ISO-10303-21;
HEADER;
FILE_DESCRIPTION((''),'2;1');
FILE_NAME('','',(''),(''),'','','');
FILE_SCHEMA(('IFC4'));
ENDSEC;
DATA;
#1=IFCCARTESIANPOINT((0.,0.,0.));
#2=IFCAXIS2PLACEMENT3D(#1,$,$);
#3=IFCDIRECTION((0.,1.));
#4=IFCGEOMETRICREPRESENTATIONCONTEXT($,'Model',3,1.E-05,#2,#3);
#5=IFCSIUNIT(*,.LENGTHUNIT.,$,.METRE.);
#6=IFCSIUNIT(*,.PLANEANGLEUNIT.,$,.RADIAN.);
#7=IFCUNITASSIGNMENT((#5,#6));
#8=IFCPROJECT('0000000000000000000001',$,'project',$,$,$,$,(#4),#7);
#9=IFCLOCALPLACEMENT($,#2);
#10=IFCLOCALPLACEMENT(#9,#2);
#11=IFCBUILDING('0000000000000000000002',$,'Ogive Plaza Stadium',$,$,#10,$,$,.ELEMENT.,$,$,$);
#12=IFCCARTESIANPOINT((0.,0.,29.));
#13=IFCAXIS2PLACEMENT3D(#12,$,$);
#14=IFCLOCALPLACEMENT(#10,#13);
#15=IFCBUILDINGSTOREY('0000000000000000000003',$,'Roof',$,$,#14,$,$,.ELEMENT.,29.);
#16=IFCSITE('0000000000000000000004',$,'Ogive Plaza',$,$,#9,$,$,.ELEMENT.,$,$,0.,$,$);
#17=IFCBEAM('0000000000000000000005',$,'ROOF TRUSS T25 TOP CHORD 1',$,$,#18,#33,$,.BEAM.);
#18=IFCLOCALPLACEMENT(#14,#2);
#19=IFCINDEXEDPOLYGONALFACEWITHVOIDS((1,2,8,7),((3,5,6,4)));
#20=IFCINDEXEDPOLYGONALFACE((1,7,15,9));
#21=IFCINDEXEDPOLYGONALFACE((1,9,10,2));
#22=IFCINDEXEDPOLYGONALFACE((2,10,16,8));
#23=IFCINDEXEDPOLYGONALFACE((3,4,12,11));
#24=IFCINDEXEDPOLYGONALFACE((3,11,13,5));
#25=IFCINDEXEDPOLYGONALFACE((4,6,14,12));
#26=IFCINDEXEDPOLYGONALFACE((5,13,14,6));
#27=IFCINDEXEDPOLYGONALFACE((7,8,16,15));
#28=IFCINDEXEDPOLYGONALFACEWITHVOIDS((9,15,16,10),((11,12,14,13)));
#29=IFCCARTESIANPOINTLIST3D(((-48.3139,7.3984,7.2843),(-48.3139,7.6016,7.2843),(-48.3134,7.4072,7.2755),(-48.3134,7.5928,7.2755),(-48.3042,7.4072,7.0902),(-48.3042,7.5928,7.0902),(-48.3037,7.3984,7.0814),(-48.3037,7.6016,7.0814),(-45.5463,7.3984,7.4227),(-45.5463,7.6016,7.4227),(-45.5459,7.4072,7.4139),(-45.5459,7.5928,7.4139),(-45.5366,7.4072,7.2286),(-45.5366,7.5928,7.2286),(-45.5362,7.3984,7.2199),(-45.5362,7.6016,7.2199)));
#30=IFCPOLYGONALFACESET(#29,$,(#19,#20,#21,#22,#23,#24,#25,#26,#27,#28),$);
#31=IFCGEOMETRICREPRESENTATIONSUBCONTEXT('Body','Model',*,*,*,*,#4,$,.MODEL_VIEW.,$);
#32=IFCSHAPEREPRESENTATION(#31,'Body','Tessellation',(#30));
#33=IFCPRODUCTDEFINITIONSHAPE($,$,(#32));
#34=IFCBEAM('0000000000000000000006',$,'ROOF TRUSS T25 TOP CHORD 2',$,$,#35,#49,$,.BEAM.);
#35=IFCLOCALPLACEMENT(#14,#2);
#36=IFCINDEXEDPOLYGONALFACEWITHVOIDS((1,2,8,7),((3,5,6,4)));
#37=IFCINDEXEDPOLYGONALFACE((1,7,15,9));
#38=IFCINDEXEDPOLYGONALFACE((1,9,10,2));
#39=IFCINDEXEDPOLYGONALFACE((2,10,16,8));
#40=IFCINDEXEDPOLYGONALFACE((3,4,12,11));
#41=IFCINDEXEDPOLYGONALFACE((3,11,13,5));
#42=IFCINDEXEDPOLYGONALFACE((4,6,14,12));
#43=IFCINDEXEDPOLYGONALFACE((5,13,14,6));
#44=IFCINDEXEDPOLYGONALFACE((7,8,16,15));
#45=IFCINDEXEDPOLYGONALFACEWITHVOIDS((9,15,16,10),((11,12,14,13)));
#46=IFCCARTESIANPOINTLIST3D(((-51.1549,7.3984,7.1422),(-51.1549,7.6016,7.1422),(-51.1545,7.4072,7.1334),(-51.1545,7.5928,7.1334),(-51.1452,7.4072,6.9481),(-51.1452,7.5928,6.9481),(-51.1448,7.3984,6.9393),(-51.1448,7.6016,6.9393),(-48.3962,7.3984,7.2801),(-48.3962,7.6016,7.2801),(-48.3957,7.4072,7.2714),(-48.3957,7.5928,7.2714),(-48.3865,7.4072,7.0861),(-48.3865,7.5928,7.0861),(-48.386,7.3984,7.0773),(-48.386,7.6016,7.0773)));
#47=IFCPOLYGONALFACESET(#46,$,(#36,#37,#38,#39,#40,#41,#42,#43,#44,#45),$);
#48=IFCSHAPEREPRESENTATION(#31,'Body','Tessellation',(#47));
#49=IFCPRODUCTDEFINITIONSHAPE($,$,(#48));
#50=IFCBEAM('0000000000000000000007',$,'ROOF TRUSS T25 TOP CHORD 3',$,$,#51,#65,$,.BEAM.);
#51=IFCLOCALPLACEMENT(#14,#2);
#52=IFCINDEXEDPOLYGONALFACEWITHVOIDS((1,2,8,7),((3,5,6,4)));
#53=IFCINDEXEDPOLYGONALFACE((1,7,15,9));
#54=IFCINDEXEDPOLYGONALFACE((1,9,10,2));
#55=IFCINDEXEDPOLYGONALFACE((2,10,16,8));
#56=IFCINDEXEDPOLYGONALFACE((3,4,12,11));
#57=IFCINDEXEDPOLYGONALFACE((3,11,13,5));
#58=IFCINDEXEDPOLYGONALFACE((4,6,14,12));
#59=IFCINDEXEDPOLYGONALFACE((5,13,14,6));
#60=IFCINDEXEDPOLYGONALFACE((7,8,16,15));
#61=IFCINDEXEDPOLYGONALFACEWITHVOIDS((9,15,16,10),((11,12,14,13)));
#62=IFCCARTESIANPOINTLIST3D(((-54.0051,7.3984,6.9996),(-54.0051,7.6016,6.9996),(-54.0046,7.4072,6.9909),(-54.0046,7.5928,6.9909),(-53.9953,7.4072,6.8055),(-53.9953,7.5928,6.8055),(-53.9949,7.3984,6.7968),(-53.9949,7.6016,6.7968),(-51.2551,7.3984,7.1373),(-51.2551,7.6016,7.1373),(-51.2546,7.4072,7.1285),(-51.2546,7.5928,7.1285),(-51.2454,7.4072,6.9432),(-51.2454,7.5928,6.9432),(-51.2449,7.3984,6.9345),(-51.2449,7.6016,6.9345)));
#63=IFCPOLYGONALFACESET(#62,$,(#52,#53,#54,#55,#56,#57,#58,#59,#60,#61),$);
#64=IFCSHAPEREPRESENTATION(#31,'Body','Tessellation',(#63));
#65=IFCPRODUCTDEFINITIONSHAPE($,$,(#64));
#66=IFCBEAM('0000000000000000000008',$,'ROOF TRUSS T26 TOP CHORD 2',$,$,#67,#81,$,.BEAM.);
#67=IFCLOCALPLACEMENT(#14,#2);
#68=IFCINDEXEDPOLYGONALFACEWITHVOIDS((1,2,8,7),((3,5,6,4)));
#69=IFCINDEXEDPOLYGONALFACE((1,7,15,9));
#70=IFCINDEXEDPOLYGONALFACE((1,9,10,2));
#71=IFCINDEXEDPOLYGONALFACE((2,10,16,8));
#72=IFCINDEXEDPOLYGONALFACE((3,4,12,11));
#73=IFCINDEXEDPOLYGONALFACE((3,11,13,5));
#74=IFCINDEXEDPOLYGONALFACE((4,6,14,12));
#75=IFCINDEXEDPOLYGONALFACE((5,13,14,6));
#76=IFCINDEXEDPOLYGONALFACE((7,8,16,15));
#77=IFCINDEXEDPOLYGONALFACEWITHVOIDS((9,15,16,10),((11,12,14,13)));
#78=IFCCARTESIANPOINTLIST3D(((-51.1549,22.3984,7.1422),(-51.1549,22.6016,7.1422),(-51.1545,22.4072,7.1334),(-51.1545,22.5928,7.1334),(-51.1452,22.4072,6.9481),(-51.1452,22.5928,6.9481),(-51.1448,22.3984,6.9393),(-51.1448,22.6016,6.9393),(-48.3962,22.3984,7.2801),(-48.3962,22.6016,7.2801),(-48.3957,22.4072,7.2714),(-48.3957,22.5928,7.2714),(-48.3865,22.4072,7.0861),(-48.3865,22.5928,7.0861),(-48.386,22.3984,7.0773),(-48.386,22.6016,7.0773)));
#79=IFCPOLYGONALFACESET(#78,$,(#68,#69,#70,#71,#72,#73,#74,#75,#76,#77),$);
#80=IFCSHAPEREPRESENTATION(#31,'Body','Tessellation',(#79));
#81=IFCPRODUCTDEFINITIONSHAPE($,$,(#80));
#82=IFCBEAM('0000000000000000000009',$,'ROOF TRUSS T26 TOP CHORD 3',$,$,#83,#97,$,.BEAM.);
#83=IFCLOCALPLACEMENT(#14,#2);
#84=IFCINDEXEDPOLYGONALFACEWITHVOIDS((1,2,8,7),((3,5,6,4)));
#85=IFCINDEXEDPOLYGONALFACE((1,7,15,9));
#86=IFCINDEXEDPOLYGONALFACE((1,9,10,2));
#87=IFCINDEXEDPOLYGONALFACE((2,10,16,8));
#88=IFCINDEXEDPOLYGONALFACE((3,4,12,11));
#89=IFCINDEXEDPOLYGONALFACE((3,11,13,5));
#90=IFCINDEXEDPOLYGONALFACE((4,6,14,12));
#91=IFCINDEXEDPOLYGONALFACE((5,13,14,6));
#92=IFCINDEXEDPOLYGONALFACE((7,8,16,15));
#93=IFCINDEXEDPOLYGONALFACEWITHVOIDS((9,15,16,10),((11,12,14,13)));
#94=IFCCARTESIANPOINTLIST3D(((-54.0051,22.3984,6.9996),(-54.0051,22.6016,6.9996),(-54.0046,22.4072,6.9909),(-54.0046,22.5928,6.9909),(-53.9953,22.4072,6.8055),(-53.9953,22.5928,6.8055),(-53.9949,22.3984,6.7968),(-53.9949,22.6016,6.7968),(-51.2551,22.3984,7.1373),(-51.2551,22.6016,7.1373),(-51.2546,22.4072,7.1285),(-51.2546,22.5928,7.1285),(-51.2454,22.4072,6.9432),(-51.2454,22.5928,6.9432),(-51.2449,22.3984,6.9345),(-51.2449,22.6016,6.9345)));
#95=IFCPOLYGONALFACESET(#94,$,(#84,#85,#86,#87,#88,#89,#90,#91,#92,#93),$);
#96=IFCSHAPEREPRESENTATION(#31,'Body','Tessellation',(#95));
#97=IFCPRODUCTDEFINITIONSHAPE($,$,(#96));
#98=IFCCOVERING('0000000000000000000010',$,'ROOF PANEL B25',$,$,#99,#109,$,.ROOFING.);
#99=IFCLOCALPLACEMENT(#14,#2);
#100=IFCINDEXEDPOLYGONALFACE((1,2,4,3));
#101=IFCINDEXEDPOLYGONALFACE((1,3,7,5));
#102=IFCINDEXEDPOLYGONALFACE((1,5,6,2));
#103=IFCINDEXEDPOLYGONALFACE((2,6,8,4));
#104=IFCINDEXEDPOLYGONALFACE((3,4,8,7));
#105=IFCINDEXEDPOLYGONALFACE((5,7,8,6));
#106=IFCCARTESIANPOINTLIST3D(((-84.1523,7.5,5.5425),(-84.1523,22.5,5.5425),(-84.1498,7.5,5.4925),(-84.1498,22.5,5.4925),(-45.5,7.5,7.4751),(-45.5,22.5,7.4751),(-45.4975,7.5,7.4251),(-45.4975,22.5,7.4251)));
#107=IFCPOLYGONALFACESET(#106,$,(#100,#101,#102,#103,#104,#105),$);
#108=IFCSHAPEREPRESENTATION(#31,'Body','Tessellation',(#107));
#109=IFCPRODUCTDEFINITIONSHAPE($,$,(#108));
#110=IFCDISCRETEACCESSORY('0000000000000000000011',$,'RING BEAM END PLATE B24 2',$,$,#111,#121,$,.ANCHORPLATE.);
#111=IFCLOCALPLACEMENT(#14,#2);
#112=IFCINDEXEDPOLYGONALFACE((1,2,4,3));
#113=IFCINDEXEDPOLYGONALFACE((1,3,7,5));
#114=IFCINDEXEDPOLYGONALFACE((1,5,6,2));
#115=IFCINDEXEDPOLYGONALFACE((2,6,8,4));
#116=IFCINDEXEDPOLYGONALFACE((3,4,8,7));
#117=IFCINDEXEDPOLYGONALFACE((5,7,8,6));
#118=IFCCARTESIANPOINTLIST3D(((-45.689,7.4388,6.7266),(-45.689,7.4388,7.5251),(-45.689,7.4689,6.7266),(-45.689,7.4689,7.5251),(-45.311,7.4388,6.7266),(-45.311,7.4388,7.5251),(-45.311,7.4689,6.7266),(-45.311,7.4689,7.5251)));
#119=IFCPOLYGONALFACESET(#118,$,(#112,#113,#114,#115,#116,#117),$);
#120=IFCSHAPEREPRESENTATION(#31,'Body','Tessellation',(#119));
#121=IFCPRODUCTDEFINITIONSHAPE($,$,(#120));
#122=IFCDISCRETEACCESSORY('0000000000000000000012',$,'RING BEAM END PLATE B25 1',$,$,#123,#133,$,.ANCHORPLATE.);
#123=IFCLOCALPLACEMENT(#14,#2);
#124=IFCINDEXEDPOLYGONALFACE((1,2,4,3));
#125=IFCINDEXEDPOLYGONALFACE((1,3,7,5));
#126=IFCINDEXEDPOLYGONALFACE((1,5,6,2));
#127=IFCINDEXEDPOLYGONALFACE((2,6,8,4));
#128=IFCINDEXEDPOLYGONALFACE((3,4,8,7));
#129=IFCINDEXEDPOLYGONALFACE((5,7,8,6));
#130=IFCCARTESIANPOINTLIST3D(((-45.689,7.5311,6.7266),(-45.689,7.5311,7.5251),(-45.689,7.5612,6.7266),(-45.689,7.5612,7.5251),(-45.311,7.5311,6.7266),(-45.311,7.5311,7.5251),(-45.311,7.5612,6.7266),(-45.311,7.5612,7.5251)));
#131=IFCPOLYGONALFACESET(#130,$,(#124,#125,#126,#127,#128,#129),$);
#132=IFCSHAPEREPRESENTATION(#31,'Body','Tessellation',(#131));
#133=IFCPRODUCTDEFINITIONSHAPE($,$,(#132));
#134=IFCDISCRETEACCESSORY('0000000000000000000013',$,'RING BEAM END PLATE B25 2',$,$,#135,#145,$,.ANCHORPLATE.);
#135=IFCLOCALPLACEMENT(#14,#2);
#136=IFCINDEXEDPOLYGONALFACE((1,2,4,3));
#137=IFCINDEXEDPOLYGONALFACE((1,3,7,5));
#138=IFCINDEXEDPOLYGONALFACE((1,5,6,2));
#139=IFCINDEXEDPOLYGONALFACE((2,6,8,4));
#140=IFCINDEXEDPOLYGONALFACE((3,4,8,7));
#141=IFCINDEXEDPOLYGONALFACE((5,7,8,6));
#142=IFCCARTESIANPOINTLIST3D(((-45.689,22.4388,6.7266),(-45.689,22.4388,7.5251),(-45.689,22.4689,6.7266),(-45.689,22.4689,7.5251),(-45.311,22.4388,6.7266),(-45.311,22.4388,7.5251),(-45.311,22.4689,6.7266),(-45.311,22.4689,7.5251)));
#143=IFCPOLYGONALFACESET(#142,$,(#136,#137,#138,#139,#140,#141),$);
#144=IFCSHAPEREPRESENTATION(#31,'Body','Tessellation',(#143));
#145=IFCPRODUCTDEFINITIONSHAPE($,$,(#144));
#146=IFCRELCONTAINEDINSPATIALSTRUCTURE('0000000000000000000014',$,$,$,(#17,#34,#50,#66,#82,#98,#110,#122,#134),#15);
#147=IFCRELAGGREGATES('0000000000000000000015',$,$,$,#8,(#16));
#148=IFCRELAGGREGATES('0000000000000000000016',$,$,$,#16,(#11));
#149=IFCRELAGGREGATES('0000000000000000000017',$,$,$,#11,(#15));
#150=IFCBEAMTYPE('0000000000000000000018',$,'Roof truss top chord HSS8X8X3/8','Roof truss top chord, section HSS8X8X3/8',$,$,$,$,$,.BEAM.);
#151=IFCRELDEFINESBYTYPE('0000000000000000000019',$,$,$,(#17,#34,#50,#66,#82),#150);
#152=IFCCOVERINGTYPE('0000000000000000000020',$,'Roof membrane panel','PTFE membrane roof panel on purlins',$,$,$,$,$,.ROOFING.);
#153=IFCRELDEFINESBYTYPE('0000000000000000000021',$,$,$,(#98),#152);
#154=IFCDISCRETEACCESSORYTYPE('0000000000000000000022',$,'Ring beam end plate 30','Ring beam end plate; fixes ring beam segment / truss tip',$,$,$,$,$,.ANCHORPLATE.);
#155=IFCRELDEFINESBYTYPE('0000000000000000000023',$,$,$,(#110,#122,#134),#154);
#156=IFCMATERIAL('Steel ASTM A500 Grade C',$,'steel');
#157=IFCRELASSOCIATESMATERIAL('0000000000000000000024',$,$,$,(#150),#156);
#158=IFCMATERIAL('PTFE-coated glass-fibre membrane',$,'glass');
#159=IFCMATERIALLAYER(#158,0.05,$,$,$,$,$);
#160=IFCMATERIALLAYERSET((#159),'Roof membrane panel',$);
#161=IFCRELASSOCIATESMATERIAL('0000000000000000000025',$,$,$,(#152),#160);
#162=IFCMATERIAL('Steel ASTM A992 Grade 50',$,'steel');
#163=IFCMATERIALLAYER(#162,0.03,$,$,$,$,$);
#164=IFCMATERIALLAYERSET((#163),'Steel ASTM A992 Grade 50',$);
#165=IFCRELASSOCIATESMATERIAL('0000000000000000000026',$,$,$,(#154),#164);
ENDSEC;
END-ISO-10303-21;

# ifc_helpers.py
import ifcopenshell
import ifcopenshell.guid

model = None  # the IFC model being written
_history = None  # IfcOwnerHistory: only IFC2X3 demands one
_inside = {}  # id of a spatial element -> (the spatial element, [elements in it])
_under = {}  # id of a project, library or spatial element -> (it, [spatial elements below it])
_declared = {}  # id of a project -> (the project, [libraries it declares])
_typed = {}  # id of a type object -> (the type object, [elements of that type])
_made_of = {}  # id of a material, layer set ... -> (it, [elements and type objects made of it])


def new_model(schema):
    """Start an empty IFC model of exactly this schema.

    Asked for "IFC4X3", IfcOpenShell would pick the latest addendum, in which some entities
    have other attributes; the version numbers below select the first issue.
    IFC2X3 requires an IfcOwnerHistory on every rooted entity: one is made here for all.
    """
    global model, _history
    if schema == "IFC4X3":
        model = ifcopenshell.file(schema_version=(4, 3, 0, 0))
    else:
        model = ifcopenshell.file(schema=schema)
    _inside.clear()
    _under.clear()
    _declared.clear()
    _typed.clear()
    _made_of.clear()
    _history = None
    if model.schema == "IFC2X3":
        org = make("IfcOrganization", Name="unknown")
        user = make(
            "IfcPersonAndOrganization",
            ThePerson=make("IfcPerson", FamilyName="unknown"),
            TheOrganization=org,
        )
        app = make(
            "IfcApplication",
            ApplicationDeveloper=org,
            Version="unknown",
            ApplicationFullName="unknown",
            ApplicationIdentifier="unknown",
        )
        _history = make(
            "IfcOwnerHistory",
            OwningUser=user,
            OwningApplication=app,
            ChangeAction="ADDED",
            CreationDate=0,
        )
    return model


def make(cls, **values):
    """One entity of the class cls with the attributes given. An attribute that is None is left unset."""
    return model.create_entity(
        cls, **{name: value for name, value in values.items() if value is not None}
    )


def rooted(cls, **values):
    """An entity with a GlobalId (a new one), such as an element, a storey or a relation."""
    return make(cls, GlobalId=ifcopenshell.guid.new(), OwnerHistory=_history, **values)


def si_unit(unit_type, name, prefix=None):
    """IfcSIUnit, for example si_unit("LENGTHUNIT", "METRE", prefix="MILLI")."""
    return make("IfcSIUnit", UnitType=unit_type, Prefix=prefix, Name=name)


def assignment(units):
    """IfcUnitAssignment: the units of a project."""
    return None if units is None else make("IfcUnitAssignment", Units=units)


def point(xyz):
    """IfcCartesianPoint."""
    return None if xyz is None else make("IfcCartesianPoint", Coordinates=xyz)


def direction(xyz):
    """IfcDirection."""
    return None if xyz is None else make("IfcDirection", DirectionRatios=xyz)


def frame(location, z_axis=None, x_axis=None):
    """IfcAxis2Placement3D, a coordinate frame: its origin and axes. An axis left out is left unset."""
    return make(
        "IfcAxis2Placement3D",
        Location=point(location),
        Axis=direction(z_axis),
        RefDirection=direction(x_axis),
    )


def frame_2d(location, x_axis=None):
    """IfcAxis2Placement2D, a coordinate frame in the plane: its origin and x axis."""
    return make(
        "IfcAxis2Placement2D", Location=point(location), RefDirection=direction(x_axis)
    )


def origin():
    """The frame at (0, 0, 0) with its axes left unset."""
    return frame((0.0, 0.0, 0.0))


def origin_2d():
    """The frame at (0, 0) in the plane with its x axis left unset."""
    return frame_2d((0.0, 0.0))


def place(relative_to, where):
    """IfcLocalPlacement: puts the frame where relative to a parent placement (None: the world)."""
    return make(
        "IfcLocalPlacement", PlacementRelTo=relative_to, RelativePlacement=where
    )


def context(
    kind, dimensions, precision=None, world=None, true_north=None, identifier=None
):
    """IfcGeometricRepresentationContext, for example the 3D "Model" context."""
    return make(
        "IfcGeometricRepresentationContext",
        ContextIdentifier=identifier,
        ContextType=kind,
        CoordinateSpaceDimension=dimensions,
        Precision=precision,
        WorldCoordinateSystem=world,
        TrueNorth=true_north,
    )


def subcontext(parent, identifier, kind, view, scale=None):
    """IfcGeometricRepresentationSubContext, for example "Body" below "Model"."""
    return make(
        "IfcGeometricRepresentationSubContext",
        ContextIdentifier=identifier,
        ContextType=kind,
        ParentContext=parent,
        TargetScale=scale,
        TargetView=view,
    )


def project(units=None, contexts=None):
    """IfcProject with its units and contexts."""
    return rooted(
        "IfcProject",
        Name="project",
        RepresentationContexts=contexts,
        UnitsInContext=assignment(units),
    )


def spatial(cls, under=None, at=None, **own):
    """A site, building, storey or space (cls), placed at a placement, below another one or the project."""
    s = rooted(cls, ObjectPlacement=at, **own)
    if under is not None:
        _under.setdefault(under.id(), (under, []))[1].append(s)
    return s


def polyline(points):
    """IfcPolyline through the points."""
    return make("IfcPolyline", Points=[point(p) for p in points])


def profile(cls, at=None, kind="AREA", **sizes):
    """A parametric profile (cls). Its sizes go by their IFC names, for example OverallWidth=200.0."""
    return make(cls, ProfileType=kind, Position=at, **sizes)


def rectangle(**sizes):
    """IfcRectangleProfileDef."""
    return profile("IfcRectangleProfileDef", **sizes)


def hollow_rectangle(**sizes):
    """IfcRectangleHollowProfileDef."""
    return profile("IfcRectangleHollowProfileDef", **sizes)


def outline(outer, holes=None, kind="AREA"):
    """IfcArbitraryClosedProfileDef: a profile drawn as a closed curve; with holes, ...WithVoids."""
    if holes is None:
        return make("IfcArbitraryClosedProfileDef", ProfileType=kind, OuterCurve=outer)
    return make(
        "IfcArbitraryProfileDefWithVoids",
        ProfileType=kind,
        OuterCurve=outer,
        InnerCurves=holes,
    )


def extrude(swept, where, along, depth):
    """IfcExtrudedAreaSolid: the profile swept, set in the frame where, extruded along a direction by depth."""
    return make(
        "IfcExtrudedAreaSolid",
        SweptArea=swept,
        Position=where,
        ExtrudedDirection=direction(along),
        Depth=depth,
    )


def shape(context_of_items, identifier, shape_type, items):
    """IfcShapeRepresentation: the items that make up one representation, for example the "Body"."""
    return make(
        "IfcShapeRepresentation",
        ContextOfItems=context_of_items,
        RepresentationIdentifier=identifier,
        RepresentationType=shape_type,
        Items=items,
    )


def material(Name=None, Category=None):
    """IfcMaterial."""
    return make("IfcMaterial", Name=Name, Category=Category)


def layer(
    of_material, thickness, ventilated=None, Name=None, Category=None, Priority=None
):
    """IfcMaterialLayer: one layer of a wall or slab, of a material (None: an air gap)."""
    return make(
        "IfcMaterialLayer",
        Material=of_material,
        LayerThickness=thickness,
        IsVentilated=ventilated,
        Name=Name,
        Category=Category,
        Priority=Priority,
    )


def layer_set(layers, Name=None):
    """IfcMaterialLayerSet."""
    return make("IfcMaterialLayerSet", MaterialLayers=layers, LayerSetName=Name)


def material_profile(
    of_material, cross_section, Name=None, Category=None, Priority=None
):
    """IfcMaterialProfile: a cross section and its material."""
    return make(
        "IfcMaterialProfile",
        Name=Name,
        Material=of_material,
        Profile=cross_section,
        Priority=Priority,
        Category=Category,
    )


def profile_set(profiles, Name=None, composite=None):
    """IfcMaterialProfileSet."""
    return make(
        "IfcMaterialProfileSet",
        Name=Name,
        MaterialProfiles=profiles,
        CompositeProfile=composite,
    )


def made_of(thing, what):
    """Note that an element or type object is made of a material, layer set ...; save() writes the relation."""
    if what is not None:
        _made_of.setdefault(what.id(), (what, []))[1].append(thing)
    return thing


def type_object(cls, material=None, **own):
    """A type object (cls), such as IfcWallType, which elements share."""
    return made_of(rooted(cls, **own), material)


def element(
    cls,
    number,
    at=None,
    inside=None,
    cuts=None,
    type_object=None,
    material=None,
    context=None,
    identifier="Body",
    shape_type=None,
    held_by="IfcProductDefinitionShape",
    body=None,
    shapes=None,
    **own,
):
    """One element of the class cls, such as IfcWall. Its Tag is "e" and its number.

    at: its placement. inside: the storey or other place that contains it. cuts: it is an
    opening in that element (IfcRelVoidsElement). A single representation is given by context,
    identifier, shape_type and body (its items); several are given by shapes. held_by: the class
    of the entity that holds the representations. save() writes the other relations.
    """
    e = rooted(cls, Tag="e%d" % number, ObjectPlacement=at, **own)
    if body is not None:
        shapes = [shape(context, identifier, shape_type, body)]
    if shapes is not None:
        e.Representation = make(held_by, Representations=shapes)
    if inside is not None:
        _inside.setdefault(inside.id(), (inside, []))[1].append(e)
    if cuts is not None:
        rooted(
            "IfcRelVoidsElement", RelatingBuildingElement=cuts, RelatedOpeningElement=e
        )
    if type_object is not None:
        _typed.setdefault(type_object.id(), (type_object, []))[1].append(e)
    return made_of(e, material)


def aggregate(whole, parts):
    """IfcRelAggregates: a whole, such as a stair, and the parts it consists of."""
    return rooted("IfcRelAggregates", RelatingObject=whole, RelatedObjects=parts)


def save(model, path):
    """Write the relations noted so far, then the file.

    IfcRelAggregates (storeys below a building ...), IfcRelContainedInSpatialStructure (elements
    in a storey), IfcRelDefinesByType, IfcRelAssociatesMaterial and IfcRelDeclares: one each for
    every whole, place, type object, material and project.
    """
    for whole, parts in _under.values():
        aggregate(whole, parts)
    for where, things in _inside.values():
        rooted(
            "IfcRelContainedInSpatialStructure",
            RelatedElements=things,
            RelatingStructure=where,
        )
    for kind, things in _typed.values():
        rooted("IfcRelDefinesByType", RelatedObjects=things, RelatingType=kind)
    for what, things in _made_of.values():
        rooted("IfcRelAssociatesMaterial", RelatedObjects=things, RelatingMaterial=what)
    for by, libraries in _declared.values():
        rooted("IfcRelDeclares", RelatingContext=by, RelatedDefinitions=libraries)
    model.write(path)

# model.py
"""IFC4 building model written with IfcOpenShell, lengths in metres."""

from ifc_helpers import new_model, si_unit, direction, frame, origin, origin_2d, place, context, subcontext, project, spatial, polyline, rectangle, hollow_rectangle, outline, extrude, material, layer, layer_set, material_profile, profile_set, type_object, element, save


model = new_model("IFC4")

# Units and contexts
model_context = context("Model", 3, precision=1e-05, world=origin(), true_north=direction((0.0, 1.0)))
body_context = subcontext(model_context, "Body", "Model", "MODEL_VIEW")
ifc_project = project(units=[si_unit("LENGTHUNIT", "METRE"), si_unit("PLANEANGLEUNIT", "RADIAN")], contexts=[model_context])

# Site, building, storey
site_placement = place(None, origin())
site = spatial("IfcSite", under=ifc_project, at=site_placement, Name="Ogive Plaza", CompositionType="ELEMENT", RefElevation=0.0)
building_placement = place(site_placement, origin())
building = spatial("IfcBuilding", under=site, at=building_placement, Name="Ogive Plaza Stadium", CompositionType="ELEMENT")
storey_placement = place(building_placement, frame((0.0, 0.0, 29.0)))
storey = spatial("IfcBuildingStorey", under=building, at=storey_placement, Name="Roof", CompositionType="ELEMENT", Elevation=29.0)

# Beams
ifc_material_1 = material(Name="Steel ASTM A500 Grade C", Category="steel")
ifc_material_profile_1 = material_profile(ifc_material_1, hollow_rectangle(XDim=0.2031, YDim=0.2031, WallThickness=0.0088, at=origin_2d()), Name="HSS8X8X3/8")
ifc_profile_set_1 = profile_set([ifc_material_profile_1], Name="Steel ASTM A500 Grade C")
beam_type_1 = type_object("IfcBeamType", Name="Roof truss top chord HSS8X8X3/8", Description="Roof truss top chord, section HSS8X8X3/8", PredefinedType="BEAM", material=ifc_profile_set_1)
beam_1_placement = place(storey_placement, frame((-45.5413, 7.5, 7.3213), z_axis=(-0.998751, 0.0, -0.049955), x_axis=(0.0, -1.0, 0.0)))
element("IfcBeam", 1, at=beam_1_placement, inside=storey, type_object=beam_type_1, Name="ROOF TRUSS T25 TOP CHORD 1", PredefinedType="BEAM", context=body_context, shape_type="SweptSolid", body=[
    extrude(hollow_rectangle(XDim=0.2031, YDim=0.2031, WallThickness=0.0088, at=origin_2d()), origin(), (0.0, 0.0, 1.0), 2.771),
])
beam_2_placement = place(storey_placement, frame((-48.3911, 7.5, 7.1787), z_axis=(-0.998752, 0.0, -0.049938), x_axis=(0.0, -1.0, 0.0)))
element("IfcBeam", 2, at=beam_2_placement, inside=storey, type_object=beam_type_1, Name="ROOF TRUSS T25 TOP CHORD 2", PredefinedType="BEAM", context=body_context, shape_type="SweptSolid", body=[
    extrude(hollow_rectangle(XDim=0.2031, YDim=0.2031, WallThickness=0.0088, at=origin_2d()), origin(), (0.0, 0.0, 1.0), 2.7622),
])
beam_3_placement = place(storey_placement, frame((-51.25, 7.5, 7.0359), z_axis=(-0.998749, 0.0, -0.050008), x_axis=(0.0, -1.0, 0.0)))
element("IfcBeam", 3, at=beam_3_placement, inside=storey, type_object=beam_type_1, Name="ROOF TRUSS T25 TOP CHORD 3", PredefinedType="BEAM", context=body_context, shape_type="SweptSolid", body=[
    extrude(hollow_rectangle(XDim=0.2031, YDim=0.2031, WallThickness=0.0088, at=origin_2d()), origin(), (0.0, 0.0, 1.0), 2.7534),
])
beam_4_placement = place(storey_placement, frame((-48.3911, 22.5, 7.1787), z_axis=(-0.998752, 0.0, -0.049938), x_axis=(0.0, -1.0, 0.0)))
element("IfcBeam", 4, at=beam_4_placement, inside=storey, type_object=beam_type_1, Name="ROOF TRUSS T26 TOP CHORD 2", PredefinedType="BEAM", context=body_context, shape_type="SweptSolid", body=[
    extrude(hollow_rectangle(XDim=0.2031, YDim=0.2031, WallThickness=0.0088, at=origin_2d()), origin(), (0.0, 0.0, 1.0), 2.7622),
])
beam_5_placement = place(storey_placement, frame((-51.25, 22.5, 7.0359), z_axis=(-0.998749, 0.0, -0.050008), x_axis=(0.0, -1.0, 0.0)))
element("IfcBeam", 5, at=beam_5_placement, inside=storey, type_object=beam_type_1, Name="ROOF TRUSS T26 TOP CHORD 3", PredefinedType="BEAM", context=body_context, shape_type="SweptSolid", body=[
    extrude(hollow_rectangle(XDim=0.2031, YDim=0.2031, WallThickness=0.0088, at=origin_2d()), origin(), (0.0, 0.0, 1.0), 2.7534),
])

# Covering
ifc_material_2 = material(Name="PTFE-coated glass-fibre membrane", Category="glass")
ifc_layer_1 = layer(ifc_material_2, 0.05)
ifc_layer_set_1 = layer_set([ifc_layer_1], Name="Roof membrane panel")
covering_type = type_object("IfcCoveringType", Name="Roof membrane panel", Description="PTFE membrane roof panel on purlins", PredefinedType="ROOFING", material=ifc_layer_set_1)
covering_placement = place(storey_placement, frame((-45.5, 7.5, 7.4751), z_axis=(-0.049938, 0.0, 0.998752), x_axis=(-0.998752, 0.0, -0.049938)))
element("IfcCovering", 6, at=covering_placement, inside=storey, type_object=covering_type, Name="ROOF PANEL B25", PredefinedType="ROOFING", context=body_context, shape_type="SweptSolid", body=[
    extrude(outline(polyline([(0.0, 0.0), (38.7006, 0.0), (38.7006, -15.0), (0.0, -15.0), (0.0, 0.0)])), origin(), (0.0, 0.0, -1.0), 0.05),
])

# Discrete accessories
ifc_material_3 = material(Name="Steel ASTM A992 Grade 50", Category="steel")
ifc_layer_2 = layer(ifc_material_3, 0.03)
ifc_layer_set_2 = layer_set([ifc_layer_2], Name="Steel ASTM A992 Grade 50")
discrete_accessory_type = type_object("IfcDiscreteAccessoryType", Name="Ring beam end plate 30", Description="Ring beam end plate; fixes ring beam segment / truss tip", PredefinedType="ANCHORPLATE", material=ifc_layer_set_2)
for number, where, z_axis, x_axis, name in (
    (7, (-45.5, 7.4539, 6.7266), (0.0, 0.0, 1.0), (0.0, 1.0, 0.0), "RING BEAM END PLATE B24 2"),
    (8, (-45.5, 7.5461, 6.7266), (0.0, 0.0, 1.0), (0.0, 1.0, 0.0), "RING BEAM END PLATE B25 1"),
    (9, (-45.5, 22.4539, 6.7266), (0.0, 0.0, 1.0), (0.0, 1.0, 0.0), "RING BEAM END PLATE B25 2"),
):
    element("IfcDiscreteAccessory", number, at=place(storey_placement, frame(where, z_axis=z_axis, x_axis=x_axis)), inside=storey, type_object=discrete_accessory_type, Name=name, PredefinedType="ANCHORPLATE", context=body_context, shape_type="SweptSolid", body=[
        extrude(rectangle(XDim=0.03, YDim=0.3779, at=origin_2d()), origin(), (0.0, 0.0, 1.0), 0.7986),
    ])

save(model, "model.ifc")
